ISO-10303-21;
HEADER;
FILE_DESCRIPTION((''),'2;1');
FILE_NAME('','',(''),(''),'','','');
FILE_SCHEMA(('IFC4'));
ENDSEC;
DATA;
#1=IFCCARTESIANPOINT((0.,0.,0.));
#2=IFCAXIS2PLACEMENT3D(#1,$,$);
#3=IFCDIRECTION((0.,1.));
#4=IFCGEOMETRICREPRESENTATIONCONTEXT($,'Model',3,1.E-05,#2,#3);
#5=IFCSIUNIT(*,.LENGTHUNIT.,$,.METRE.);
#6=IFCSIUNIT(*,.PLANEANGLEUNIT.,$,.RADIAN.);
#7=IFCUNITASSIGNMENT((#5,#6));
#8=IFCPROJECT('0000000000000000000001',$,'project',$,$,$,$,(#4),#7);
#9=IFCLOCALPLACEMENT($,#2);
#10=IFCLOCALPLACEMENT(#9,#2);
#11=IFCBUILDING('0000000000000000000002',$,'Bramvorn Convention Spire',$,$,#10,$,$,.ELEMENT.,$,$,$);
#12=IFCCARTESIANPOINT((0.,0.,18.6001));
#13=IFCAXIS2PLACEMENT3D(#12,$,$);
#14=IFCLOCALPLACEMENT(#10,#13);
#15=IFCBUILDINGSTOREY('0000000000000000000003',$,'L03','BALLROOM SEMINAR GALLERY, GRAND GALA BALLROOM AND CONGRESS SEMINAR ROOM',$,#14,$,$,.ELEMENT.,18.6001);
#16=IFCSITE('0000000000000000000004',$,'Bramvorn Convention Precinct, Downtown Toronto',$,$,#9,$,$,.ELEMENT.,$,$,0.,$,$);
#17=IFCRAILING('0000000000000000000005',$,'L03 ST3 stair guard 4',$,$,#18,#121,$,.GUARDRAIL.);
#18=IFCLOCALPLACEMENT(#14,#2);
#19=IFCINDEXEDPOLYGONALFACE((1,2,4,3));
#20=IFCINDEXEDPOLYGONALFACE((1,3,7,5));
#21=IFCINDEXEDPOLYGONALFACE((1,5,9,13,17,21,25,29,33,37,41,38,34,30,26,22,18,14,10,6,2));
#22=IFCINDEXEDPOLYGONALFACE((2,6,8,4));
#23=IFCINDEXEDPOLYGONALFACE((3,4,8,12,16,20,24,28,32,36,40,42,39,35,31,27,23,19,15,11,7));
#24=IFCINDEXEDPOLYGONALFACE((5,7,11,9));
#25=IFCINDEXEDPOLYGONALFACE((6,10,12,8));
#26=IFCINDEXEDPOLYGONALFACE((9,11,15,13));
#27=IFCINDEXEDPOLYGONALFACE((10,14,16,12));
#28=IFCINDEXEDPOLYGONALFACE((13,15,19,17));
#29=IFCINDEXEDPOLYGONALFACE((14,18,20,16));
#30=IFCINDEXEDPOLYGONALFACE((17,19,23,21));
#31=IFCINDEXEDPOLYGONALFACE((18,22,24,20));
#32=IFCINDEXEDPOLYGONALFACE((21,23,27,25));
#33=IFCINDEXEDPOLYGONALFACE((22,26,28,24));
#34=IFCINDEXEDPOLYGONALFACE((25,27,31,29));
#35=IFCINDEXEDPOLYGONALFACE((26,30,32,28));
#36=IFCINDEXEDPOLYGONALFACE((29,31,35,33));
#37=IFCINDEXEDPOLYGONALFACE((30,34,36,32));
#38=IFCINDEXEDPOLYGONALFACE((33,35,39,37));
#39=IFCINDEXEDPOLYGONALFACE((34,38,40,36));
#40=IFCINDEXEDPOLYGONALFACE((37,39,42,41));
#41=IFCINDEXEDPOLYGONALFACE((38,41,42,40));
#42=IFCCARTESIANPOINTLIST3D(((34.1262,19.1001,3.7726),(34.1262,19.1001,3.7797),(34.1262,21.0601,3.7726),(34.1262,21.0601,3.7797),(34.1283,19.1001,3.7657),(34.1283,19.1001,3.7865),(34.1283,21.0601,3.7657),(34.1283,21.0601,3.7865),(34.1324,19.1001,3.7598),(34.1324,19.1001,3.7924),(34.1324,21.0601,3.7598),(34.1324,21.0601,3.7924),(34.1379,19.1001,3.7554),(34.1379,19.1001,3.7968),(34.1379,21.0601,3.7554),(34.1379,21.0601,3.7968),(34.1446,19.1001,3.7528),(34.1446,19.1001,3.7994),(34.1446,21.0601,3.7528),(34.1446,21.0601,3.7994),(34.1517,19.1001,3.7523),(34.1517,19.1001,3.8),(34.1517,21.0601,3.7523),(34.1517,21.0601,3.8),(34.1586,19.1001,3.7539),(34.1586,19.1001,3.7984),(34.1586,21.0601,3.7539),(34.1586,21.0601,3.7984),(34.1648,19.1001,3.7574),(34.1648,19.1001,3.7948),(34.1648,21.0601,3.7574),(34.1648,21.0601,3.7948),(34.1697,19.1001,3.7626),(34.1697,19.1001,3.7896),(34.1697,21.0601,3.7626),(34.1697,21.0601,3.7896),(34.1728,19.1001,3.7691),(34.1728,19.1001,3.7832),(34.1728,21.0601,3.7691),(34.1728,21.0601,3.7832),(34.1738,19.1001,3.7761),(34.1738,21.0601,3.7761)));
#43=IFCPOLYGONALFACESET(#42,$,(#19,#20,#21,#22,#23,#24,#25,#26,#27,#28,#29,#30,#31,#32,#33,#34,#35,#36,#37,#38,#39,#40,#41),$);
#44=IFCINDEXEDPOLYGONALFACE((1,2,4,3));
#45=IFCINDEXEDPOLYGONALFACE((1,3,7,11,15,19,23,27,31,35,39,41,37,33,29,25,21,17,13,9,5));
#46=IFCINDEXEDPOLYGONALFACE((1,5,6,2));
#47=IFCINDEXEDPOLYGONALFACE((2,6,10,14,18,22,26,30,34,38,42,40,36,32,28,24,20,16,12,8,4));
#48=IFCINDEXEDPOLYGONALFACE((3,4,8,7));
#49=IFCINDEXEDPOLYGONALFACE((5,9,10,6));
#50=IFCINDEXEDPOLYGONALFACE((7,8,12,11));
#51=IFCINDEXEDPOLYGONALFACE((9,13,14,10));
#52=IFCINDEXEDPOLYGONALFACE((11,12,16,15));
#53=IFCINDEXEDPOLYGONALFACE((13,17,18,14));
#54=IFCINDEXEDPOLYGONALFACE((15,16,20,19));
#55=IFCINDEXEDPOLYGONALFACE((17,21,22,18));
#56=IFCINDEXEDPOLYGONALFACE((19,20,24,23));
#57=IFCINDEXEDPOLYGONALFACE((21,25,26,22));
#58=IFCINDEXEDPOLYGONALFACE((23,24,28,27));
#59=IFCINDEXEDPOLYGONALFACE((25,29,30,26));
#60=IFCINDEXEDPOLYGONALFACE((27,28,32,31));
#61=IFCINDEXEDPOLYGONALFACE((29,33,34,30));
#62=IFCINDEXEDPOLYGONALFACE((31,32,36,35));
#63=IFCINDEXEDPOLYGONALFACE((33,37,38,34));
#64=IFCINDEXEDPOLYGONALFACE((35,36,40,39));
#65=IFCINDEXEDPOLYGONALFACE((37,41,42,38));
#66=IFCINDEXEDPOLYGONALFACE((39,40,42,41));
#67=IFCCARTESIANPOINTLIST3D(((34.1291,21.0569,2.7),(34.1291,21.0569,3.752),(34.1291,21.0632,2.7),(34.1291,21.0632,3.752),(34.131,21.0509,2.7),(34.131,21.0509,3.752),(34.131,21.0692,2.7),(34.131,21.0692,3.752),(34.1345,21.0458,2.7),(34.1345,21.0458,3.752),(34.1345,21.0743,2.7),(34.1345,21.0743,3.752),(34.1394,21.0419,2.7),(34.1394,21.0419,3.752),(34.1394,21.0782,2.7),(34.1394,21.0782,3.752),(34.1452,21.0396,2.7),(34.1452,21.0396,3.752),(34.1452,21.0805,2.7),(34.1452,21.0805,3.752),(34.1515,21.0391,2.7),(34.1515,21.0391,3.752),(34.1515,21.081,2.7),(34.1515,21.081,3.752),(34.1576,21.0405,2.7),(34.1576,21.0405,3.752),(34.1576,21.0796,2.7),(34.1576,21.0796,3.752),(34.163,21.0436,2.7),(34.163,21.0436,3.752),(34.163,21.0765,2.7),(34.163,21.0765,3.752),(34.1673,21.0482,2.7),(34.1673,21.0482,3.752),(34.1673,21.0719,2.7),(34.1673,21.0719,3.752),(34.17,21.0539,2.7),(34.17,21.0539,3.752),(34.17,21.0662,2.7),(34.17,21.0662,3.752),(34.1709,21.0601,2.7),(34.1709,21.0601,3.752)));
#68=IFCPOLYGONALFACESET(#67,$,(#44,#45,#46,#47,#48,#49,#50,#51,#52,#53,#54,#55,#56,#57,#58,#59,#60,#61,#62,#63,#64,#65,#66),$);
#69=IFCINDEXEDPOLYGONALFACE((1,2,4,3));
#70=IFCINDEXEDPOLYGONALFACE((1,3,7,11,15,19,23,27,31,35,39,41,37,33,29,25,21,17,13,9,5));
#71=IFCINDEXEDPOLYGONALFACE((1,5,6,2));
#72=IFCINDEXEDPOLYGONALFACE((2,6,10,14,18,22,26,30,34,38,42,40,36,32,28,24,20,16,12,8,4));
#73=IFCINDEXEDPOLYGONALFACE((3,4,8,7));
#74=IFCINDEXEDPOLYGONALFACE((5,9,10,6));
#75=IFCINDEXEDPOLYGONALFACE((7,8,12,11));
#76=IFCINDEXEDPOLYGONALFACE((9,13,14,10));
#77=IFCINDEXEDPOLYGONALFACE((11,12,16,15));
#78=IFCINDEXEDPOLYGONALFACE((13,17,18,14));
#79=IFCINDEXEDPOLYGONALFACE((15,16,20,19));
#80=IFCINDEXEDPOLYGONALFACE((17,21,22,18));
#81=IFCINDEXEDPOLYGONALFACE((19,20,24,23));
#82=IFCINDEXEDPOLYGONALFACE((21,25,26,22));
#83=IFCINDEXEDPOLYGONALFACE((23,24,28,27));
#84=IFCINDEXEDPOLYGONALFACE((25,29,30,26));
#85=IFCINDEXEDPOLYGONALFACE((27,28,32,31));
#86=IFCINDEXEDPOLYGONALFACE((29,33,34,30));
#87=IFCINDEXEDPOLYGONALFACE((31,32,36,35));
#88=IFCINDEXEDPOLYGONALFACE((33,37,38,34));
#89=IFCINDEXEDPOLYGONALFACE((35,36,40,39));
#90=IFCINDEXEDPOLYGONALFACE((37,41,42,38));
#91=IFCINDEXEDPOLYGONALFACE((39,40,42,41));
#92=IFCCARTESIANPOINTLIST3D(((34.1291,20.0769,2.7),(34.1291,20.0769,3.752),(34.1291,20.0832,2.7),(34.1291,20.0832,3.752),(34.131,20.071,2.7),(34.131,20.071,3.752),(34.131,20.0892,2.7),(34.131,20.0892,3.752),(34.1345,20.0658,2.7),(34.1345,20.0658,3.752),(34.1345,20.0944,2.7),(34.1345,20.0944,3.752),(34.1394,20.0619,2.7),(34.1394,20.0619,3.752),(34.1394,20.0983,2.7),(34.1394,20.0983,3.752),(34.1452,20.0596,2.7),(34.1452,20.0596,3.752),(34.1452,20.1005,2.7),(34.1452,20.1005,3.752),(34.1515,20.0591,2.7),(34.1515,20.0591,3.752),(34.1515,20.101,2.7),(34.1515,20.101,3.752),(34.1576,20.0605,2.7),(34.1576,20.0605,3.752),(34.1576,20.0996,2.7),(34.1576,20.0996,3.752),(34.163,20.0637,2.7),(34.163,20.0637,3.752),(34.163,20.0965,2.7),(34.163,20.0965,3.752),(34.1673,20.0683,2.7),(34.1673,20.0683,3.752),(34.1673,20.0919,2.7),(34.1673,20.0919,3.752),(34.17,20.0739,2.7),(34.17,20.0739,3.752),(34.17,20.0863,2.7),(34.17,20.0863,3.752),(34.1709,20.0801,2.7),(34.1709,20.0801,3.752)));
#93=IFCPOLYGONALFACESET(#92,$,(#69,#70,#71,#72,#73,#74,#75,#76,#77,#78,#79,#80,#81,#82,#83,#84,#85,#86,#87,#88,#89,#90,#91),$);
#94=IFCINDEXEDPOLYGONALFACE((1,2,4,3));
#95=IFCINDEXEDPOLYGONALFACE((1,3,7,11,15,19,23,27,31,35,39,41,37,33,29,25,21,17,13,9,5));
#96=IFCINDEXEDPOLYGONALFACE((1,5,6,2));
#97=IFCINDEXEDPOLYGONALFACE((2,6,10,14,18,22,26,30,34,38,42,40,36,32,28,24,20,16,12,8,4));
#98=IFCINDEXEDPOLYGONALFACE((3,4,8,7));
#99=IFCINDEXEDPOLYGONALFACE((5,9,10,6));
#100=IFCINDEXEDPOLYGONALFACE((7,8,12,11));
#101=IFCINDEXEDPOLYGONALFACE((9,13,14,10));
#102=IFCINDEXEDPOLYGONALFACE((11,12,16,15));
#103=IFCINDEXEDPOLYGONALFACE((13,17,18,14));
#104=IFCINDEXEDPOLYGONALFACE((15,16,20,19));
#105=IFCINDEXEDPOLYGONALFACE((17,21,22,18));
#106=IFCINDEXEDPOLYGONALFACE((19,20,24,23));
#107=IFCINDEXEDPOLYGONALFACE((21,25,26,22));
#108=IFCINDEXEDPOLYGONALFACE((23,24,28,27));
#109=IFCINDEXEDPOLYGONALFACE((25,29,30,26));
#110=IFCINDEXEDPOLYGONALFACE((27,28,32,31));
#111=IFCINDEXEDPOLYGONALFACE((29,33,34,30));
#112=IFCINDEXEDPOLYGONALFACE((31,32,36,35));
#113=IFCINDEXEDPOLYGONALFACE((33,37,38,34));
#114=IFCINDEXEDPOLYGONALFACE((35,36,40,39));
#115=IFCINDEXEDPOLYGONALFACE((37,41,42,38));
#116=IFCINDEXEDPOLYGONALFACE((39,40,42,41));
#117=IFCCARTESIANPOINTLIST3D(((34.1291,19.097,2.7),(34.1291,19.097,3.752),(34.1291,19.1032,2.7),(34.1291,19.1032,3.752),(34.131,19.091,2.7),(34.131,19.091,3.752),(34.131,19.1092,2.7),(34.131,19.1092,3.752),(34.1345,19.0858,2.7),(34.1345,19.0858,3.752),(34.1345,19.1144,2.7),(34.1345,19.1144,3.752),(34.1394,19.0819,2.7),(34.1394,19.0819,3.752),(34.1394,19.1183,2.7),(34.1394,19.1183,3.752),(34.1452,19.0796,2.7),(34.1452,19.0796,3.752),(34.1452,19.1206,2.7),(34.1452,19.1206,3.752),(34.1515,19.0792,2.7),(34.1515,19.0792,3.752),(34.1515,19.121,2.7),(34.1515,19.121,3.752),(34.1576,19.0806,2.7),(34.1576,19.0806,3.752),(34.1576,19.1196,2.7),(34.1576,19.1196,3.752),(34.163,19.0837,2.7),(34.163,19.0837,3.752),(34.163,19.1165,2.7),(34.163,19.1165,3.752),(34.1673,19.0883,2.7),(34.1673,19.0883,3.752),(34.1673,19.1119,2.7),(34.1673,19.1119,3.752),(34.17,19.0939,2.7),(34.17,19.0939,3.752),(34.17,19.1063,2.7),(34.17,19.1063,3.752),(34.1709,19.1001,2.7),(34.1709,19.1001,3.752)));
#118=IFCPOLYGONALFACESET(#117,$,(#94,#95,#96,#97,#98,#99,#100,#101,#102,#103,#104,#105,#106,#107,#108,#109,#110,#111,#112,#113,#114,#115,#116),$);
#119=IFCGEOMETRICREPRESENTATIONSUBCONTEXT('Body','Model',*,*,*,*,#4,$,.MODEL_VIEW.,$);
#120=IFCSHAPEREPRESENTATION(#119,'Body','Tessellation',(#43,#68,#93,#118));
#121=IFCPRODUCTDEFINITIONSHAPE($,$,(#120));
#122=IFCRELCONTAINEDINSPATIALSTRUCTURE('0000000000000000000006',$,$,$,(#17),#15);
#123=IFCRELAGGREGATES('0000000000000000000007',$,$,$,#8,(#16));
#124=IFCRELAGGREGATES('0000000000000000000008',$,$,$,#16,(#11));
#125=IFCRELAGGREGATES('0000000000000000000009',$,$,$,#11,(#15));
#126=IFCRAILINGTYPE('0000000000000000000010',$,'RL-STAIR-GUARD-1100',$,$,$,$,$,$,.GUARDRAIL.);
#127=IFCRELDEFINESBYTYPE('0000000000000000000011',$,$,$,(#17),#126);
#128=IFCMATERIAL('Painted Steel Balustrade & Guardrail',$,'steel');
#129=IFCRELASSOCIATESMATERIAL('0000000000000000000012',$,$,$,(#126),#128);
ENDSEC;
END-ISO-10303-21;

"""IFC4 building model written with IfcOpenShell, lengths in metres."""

from ifc_helpers import new_model, si_unit, direction, frame, origin, origin_2d, place, context, subcontext, project, spatial, circle, extrude, material, type_object, element, save


model = new_model("IFC4")

# Units and contexts
model_context = context("Model", 3, precision=1e-05, world=origin(), true_north=direction((0.0, 1.0)))
body_context = subcontext(model_context, "Body", "Model", "MODEL_VIEW")
ifc_project = project(units=[si_unit("LENGTHUNIT", "METRE"), si_unit("PLANEANGLEUNIT", "RADIAN")], contexts=[model_context])

# Site, building, storey
site_placement = place(None, origin())
site = spatial("IfcSite", under=ifc_project, at=site_placement, Name="Bramvorn Convention Precinct, Downtown Toronto", CompositionType="ELEMENT", RefElevation=0.0)
building_placement = place(site_placement, origin())
building = spatial("IfcBuilding", under=site, at=building_placement, Name="Bramvorn Convention Spire", CompositionType="ELEMENT")
storey_placement = place(building_placement, frame((0.0, 0.0, 18.6001)))
storey = spatial("IfcBuildingStorey", under=building, at=storey_placement, Name="L03", Description="BALLROOM SEMINAR GALLERY, GRAND GALA BALLROOM AND CONGRESS SEMINAR ROOM", CompositionType="ELEMENT", Elevation=18.6001)

# Railing
ifc_material_1 = material(Name="Painted Steel Balustrade & Guardrail", Category="steel")
railing_type_1 = type_object("IfcRailingType", Name="RL-STAIR-GUARD-1100", PredefinedType="GUARDRAIL", material=ifc_material_1)
railing_1_placement = place(storey_placement, frame((34.1499, 21.0601, 2.7)))
element("IfcRailing", 1, at=railing_1_placement, inside=storey, type_object=railing_type_1, Name="L03 ST3 stair guard 4", PredefinedType="GUARDRAIL", context=body_context, shape_type="SweptSolid", body=[
    extrude(circle(Radius=0.0239, at=origin_2d()), frame((0.0, 0.0, 1.0762), z_axis=(0.0, -1.0, 0.0), x_axis=(1.0, 0.0, 0.0)), (0.0, 0.0, 1.0), 1.96),
    extrude(circle(Radius=0.021, at=origin_2d()), origin(), (0.0, 0.0, 1.0), 1.052),
    extrude(circle(Radius=0.021, at=origin_2d()), frame((0.0, -0.98, 0.0)), (0.0, 0.0, 1.0), 1.052),
    extrude(circle(Radius=0.021, at=origin_2d()), frame((0.0, -1.96, 0.0)), (0.0, 0.0, 1.0), 1.052),
])

save(model, "model.ifc")
